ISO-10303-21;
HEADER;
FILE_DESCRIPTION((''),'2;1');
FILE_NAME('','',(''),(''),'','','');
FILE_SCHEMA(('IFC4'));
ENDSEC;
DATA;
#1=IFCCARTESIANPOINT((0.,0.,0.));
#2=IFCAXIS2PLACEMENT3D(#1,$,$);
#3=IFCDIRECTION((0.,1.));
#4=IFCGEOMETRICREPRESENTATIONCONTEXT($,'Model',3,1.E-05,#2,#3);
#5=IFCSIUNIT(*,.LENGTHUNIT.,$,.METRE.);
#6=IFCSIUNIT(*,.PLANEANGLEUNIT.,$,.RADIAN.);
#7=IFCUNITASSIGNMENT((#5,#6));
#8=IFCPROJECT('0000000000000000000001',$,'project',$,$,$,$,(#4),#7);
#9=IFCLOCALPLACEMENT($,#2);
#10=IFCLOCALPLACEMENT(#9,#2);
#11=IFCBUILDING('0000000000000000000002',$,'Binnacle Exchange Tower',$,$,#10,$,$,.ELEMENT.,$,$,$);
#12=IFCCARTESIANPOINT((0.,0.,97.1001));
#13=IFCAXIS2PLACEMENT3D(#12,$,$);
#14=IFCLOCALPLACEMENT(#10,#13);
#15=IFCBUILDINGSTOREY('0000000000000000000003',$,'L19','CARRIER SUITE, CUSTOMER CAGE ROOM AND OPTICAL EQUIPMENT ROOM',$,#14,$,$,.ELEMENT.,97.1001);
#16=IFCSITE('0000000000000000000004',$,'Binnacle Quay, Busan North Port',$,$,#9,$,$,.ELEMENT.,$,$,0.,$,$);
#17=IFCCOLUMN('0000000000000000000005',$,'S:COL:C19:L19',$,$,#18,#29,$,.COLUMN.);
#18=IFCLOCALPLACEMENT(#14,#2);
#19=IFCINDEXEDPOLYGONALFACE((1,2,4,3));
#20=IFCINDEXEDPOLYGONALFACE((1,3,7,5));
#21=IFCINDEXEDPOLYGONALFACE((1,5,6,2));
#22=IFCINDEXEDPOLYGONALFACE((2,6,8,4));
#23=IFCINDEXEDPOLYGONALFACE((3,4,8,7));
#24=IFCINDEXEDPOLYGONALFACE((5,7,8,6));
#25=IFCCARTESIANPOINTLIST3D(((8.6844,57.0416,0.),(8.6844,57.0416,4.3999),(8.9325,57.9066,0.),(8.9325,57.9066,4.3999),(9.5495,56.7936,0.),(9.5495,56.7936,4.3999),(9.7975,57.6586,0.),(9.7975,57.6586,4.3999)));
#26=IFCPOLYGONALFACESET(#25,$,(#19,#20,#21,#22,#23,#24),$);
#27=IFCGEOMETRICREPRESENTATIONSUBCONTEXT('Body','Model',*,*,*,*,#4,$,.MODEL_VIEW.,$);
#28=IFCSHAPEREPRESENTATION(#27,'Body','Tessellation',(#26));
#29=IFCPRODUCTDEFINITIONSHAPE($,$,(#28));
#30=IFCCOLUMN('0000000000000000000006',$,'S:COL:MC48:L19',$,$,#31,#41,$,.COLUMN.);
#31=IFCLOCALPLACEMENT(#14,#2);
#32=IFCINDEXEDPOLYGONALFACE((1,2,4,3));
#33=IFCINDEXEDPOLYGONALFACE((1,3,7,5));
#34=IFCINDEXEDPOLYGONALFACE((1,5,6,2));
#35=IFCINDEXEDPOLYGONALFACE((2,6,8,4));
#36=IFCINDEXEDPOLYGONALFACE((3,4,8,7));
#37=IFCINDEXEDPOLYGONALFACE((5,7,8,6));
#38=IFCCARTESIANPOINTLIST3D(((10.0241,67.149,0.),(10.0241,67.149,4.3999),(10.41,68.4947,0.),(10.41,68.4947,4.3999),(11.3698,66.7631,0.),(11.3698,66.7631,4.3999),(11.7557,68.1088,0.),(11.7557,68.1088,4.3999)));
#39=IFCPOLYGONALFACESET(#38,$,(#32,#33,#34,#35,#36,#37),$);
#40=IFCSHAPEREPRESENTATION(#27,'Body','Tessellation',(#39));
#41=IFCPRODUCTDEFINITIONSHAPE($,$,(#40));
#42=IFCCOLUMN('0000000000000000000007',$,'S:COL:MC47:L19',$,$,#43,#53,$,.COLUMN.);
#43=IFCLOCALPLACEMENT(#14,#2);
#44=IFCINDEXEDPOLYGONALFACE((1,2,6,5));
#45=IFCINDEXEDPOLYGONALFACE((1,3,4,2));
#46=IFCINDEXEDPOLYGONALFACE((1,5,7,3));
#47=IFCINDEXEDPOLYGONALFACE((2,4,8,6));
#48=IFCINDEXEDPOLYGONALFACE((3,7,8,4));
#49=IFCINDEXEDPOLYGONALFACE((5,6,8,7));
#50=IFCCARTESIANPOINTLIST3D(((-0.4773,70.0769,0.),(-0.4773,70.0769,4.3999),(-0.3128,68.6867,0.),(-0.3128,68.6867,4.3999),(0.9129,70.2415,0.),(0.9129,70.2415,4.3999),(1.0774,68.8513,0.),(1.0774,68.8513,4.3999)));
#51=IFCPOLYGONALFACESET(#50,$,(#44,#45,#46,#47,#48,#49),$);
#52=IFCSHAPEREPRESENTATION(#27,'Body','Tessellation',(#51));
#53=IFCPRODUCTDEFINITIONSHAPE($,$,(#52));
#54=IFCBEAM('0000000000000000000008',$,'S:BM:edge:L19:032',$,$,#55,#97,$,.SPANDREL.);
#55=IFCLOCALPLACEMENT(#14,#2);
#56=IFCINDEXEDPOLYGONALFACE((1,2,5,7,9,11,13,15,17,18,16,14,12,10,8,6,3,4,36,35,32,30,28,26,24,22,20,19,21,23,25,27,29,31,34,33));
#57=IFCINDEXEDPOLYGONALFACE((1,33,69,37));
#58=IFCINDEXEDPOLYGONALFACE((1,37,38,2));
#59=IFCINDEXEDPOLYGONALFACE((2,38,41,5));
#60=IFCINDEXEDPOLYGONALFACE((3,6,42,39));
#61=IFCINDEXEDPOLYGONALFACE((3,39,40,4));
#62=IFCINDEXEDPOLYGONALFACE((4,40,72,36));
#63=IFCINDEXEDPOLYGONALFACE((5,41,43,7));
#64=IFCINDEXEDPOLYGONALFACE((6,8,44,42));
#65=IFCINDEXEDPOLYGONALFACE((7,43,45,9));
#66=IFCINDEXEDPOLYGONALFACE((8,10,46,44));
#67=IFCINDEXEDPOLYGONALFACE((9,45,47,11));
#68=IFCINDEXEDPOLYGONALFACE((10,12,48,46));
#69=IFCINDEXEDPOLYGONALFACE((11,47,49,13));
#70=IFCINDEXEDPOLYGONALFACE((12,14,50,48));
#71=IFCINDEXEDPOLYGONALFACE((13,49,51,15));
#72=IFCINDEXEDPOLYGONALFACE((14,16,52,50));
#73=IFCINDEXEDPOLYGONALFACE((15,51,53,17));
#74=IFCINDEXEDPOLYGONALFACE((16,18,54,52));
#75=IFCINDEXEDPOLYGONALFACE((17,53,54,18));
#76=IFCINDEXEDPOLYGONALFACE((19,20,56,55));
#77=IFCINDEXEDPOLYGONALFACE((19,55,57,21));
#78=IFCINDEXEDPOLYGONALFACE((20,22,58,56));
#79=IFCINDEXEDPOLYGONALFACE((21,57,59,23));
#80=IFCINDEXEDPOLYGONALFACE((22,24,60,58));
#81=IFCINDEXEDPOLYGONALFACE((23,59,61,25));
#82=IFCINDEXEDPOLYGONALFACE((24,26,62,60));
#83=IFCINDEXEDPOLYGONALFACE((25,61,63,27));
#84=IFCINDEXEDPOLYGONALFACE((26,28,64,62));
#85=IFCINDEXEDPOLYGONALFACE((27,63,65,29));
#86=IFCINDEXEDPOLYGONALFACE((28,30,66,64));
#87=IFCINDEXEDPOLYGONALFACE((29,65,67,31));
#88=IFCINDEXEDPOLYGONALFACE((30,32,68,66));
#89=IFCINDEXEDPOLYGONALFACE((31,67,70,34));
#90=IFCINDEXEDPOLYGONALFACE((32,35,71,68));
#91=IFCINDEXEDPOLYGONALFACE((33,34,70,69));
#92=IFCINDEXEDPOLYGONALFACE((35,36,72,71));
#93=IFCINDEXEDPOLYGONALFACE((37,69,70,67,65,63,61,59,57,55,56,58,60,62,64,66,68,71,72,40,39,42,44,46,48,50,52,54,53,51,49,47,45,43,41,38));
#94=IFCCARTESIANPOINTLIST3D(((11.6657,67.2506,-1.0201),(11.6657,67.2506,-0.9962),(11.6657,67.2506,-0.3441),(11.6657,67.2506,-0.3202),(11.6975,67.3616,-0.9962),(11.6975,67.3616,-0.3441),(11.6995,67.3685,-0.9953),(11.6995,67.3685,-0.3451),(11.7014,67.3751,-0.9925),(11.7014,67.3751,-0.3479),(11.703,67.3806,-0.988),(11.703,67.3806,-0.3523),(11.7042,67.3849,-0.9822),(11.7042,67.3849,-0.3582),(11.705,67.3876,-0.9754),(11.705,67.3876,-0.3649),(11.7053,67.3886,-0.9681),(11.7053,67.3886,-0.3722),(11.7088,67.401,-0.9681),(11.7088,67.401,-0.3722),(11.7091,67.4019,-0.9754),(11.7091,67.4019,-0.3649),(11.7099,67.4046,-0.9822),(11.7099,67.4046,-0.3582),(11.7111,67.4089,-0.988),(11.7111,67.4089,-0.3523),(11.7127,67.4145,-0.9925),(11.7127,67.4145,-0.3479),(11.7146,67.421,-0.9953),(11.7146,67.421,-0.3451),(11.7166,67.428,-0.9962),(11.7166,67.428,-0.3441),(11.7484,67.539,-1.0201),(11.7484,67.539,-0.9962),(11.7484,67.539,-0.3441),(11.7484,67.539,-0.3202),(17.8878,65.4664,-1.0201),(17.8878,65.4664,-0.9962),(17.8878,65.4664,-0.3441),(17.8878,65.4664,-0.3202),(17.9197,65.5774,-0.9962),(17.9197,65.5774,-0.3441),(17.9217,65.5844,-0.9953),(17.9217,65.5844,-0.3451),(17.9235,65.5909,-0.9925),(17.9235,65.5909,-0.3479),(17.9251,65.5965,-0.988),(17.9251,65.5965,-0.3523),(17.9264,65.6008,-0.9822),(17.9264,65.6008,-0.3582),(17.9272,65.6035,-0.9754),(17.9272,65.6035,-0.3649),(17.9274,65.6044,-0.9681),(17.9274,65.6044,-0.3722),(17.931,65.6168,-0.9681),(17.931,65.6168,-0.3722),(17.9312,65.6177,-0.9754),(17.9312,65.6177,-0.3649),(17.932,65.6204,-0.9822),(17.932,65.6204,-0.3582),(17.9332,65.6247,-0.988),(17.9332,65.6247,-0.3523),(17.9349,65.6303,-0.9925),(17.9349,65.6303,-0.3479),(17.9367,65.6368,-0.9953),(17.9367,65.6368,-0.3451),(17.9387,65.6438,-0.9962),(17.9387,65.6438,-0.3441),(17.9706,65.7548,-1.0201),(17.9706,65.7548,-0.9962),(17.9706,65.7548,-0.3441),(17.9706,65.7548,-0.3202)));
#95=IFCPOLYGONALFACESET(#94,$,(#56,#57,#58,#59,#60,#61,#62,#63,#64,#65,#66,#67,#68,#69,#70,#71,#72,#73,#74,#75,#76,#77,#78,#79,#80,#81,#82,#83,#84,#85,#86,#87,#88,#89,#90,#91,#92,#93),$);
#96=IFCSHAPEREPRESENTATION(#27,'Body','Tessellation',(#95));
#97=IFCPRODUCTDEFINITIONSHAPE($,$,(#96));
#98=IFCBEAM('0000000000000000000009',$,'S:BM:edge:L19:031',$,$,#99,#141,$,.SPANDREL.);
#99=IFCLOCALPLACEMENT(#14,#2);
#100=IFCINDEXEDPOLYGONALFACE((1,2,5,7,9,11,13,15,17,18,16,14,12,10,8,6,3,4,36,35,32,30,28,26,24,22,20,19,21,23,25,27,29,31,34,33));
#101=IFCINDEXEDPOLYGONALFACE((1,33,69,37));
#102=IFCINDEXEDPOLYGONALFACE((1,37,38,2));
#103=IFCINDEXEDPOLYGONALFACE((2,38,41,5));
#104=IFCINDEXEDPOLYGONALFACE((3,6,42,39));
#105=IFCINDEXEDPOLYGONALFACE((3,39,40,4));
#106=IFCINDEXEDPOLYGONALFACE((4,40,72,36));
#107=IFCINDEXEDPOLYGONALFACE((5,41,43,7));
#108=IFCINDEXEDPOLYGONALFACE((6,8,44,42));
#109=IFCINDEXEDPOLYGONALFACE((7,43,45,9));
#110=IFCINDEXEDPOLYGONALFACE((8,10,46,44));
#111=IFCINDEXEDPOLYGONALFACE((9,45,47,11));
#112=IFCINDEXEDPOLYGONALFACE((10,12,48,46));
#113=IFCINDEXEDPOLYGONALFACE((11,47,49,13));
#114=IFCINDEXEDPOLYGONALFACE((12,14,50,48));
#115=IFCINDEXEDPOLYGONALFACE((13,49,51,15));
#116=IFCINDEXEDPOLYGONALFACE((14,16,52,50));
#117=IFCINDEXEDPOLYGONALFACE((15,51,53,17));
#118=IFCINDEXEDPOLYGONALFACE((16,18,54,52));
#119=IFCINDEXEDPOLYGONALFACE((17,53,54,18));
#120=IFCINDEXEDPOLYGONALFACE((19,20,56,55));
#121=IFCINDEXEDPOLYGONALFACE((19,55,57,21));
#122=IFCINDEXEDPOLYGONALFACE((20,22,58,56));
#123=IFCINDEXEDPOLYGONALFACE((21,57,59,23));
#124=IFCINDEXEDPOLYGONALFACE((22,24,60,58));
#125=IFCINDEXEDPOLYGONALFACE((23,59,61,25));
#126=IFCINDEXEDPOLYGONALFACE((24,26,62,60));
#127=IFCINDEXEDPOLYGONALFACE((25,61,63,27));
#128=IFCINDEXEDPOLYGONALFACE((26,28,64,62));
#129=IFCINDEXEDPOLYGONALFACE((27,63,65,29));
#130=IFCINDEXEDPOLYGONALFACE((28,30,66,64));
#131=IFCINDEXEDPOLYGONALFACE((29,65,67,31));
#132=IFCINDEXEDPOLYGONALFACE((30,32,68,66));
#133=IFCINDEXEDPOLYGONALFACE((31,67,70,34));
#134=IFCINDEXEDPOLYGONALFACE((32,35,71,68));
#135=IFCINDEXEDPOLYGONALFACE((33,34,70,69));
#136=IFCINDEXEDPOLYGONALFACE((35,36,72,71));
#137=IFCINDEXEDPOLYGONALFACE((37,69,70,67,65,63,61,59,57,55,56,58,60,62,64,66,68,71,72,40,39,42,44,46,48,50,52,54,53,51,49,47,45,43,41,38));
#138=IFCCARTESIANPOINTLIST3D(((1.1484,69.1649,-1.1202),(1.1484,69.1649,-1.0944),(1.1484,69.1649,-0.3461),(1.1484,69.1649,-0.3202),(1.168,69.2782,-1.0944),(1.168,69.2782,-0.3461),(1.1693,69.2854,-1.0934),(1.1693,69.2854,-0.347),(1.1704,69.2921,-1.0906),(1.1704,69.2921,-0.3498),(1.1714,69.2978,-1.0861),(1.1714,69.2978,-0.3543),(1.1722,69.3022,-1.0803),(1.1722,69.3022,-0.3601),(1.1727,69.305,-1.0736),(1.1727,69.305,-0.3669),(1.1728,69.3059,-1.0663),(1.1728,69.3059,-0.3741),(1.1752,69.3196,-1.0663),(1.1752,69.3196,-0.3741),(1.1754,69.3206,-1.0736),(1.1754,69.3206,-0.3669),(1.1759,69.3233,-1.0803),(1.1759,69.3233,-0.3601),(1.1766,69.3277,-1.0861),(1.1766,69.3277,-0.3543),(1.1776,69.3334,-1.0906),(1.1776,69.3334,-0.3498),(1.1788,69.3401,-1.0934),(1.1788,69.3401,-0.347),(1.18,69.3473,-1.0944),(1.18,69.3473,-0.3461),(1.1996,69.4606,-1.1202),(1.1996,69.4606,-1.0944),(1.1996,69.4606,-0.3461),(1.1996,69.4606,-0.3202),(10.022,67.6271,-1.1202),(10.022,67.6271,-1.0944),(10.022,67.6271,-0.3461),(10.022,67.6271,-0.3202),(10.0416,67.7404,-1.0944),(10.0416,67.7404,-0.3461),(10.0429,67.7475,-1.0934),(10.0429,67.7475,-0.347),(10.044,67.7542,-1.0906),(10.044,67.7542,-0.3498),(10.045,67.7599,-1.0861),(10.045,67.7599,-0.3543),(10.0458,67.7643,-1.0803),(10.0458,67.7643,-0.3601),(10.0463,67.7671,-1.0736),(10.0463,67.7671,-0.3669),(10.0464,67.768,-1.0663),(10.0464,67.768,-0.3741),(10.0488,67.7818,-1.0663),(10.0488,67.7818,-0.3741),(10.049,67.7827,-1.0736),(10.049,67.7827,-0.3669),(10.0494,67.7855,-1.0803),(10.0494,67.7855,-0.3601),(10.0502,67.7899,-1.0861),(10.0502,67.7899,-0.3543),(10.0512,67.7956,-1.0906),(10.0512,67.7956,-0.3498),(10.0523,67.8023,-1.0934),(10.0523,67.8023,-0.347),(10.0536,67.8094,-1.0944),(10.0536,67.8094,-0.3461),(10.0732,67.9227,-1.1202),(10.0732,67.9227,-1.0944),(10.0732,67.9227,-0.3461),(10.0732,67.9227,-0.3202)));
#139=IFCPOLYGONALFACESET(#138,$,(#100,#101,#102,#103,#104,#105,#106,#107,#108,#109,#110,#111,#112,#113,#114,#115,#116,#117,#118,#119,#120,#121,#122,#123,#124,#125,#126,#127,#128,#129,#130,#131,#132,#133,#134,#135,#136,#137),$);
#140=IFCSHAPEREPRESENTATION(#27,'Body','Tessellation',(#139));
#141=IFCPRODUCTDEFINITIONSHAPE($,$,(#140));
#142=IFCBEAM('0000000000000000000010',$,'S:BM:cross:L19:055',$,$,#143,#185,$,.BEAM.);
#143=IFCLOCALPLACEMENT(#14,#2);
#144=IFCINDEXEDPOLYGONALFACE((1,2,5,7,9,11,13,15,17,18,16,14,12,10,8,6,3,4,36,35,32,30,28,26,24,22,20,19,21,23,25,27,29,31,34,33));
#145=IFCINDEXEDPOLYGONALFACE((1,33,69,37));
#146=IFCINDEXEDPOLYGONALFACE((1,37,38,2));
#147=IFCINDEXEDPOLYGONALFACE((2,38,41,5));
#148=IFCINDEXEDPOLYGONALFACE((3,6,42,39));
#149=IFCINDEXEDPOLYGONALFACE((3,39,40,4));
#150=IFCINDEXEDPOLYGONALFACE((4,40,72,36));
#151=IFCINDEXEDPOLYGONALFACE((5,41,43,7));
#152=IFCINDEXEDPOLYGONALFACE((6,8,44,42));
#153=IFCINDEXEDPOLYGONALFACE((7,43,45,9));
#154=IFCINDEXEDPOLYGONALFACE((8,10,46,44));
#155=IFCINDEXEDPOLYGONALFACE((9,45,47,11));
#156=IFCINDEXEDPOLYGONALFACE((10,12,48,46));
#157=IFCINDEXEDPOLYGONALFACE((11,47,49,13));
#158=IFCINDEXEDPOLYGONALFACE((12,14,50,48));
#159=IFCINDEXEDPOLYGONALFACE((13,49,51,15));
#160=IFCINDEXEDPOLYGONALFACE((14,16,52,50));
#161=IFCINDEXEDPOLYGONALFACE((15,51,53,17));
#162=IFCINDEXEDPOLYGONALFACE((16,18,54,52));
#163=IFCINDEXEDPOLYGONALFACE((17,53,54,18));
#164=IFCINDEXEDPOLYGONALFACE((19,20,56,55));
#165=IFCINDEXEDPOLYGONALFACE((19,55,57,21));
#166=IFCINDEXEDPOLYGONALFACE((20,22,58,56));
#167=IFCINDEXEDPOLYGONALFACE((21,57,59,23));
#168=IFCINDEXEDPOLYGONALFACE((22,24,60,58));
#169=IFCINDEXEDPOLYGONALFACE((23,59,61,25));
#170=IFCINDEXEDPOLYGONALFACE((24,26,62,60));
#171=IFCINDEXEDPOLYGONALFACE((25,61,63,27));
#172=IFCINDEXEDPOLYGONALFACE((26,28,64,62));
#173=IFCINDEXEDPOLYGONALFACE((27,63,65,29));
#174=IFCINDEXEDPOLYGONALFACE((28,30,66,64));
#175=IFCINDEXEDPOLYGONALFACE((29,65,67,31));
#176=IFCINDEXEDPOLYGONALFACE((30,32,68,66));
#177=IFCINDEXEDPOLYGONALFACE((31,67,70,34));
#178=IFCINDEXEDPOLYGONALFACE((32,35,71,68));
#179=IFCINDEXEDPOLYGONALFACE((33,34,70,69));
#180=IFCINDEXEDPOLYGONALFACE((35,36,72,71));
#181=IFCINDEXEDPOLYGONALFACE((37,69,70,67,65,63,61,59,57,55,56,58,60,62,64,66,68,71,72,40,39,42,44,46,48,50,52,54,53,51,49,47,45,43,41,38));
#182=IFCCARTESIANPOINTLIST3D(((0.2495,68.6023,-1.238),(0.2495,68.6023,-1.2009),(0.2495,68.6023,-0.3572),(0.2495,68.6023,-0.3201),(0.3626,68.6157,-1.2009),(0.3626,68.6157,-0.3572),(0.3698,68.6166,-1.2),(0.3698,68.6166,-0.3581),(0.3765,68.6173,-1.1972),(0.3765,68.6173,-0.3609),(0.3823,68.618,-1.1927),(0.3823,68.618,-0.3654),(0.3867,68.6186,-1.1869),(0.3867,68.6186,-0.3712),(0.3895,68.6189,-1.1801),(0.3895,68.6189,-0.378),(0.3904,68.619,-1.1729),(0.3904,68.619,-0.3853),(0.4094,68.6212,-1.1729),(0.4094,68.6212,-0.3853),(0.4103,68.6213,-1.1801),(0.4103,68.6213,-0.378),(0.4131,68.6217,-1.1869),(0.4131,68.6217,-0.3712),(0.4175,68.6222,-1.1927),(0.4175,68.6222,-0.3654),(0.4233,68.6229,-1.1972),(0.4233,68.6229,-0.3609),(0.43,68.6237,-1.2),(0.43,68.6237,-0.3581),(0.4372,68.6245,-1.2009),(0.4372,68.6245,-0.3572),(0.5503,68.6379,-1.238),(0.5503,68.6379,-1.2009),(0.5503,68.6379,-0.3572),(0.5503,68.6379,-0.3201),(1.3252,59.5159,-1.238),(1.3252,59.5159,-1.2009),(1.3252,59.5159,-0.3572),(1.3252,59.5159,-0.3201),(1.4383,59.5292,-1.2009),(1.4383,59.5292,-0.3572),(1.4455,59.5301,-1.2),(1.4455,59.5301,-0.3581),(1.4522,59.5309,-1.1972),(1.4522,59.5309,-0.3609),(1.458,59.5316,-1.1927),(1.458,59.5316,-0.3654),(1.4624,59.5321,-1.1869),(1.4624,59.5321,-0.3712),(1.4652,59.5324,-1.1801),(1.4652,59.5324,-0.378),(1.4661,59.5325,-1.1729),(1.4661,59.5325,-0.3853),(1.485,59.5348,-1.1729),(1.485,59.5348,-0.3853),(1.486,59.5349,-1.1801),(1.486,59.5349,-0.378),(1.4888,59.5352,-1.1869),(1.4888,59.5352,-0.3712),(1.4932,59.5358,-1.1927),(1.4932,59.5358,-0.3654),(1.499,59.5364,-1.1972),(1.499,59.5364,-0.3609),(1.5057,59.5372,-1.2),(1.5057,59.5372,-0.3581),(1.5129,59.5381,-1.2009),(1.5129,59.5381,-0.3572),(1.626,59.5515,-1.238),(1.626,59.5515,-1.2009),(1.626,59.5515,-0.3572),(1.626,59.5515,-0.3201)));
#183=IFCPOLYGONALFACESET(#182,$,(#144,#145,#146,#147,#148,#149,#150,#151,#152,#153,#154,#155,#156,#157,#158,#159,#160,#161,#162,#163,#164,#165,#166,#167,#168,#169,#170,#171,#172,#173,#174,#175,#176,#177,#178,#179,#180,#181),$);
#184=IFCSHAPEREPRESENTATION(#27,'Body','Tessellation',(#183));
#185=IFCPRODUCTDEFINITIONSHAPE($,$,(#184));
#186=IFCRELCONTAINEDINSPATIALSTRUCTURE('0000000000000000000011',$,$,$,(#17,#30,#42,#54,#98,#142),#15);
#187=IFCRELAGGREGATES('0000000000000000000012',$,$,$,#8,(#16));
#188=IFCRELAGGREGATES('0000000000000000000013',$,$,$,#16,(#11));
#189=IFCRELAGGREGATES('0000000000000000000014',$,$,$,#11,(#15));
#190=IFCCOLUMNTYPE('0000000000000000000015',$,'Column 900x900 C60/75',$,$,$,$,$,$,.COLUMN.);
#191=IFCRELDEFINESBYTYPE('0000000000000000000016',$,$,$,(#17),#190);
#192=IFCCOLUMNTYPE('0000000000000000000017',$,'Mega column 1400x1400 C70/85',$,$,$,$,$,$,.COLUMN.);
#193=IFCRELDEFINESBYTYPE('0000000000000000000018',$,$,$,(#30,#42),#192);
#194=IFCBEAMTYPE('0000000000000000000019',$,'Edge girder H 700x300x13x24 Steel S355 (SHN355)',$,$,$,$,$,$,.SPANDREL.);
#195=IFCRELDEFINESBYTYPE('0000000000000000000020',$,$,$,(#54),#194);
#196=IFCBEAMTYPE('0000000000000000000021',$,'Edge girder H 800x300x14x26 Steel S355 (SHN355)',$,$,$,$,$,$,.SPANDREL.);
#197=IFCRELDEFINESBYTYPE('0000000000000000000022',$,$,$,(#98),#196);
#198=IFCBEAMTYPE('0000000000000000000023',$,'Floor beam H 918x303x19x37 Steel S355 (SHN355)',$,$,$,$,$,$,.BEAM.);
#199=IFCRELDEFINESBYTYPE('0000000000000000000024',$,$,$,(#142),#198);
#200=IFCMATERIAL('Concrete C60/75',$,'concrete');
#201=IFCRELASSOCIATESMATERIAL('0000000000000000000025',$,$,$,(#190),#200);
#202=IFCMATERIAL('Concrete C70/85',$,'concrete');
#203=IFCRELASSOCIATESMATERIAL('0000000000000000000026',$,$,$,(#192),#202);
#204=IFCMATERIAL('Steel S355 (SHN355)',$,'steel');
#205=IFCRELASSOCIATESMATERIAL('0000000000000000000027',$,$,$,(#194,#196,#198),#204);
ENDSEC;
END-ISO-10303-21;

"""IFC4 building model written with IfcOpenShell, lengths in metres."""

from ifc_helpers import new_model, si_unit, direction, frame, origin, origin_2d, place, context, subcontext, project, spatial, rectangle, i_section, extrude, material, material_profile, profile_set, type_object, element, save


model = new_model("IFC4")

# Units and contexts
model_context = context("Model", 3, precision=1e-05, world=origin(), true_north=direction((0.0, 1.0)))
body_context = subcontext(model_context, "Body", "Model", "MODEL_VIEW")
ifc_project = project(units=[si_unit("LENGTHUNIT", "METRE"), si_unit("PLANEANGLEUNIT", "RADIAN")], contexts=[model_context])

# Site, building, storey
site_placement = place(None, origin())
site = spatial("IfcSite", under=ifc_project, at=site_placement, Name="Binnacle Quay, Busan North Port", CompositionType="ELEMENT", RefElevation=0.0)
building_placement = place(site_placement, origin())
building = spatial("IfcBuilding", under=site, at=building_placement, Name="Binnacle Exchange Tower", CompositionType="ELEMENT")
storey_placement = place(building_placement, frame((0.0, 0.0, 97.1001)))
storey = spatial("IfcBuildingStorey", under=building, at=storey_placement, Name="L19", Description="CARRIER SUITE, CUSTOMER CAGE ROOM AND OPTICAL EQUIPMENT ROOM", CompositionType="ELEMENT", Elevation=97.1001)

# Columns
ifc_material_1 = material(Name="Concrete C60/75", Category="concrete")
ifc_material_profile_1 = material_profile(ifc_material_1, rectangle(XDim=0.8999, YDim=0.8999, at=origin_2d()), Name="Column 900x900 C60/75")
ifc_profile_set_1 = profile_set([ifc_material_profile_1], Name="Concrete C60/75")
column_type_1 = type_object("IfcColumnType", Name="Column 900x900 C60/75", PredefinedType="COLUMN", material=ifc_profile_set_1)
column_placement = place(storey_placement, frame((9.241, 57.3501, 0.0), z_axis=(0.0, 0.0, 1.0), x_axis=(0.961262, -0.275637, 0.0)))
element("IfcColumn", 1, at=column_placement, inside=storey, type_object=column_type_1, Name="S:COL:C19:L19", PredefinedType="COLUMN", context=body_context, shape_type="SweptSolid", body=[
    extrude(rectangle(XDim=0.8999, YDim=0.8999, at=origin_2d()), origin(), (0.0, 0.0, 1.0), 4.3999),
])
ifc_material_2 = material(Name="Concrete C70/85", Category="concrete")
ifc_material_profile_2 = material_profile(ifc_material_2, rectangle(XDim=1.3999, YDim=1.3999, at=origin_2d()), Name="Mega column 1400x1400 C70/85")
ifc_profile_set_2 = profile_set([ifc_material_profile_2], Name="Concrete C70/85")
column_type_2 = type_object("IfcColumnType", Name="Mega column 1400x1400 C70/85", PredefinedType="COLUMN", material=ifc_profile_set_2)
for number, where, z_axis, x_axis, name in (
    (2, (10.8899, 67.6289, 0.0), (0.0, 0.0, 1.0), (-0.961262, 0.275637, 0.0), "S:COL:MC48:L19"),
    (3, (0.3, 69.4641, 0.0), (0.0, 0.0, 1.0), (-0.993068, -0.117537, 0.0), "S:COL:MC47:L19"),
):
    element("IfcColumn", number, at=place(storey_placement, frame(where, z_axis=z_axis, x_axis=x_axis)), inside=storey, type_object=column_type_2, Name=name, PredefinedType="COLUMN", context=body_context, shape_type="SweptSolid", body=[
        extrude(rectangle(XDim=1.3999, YDim=1.3999, at=origin_2d()), origin(), (0.0, 0.0, 1.0), 4.3999),
    ])

# Beams
ifc_material_3 = material(Name="Steel S355 (SHN355)", Category="steel")
ifc_material_profile_3 = material_profile(ifc_material_3, i_section(OverallWidth=0.3, OverallDepth=0.7, WebThickness=0.0129, FlangeThickness=0.0239, FilletRadius=0.0281, at=origin_2d()), Name="H 700x300x13x24")
ifc_profile_set_3 = profile_set([ifc_material_profile_3], Name="Steel S355 (SHN355)")
beam_type_1 = type_object("IfcBeamType", Name="Edge girder H 700x300x13x24 Steel S355 (SHN355)", PredefinedType="SPANDREL", material=ifc_profile_set_3)
beam_1_placement = place(storey_placement, frame((17.9292, 65.6106, -0.6702), z_axis=(-0.961262, 0.275638, 0.0), x_axis=(-0.275638, -0.961262, 0.0)))
element("IfcBeam", 4, at=beam_1_placement, inside=storey, type_object=beam_type_1, Name="S:BM:edge:L19:032", PredefinedType="SPANDREL", context=body_context, shape_type="SweptSolid", body=[
    extrude(i_section(OverallWidth=0.3, OverallDepth=0.7, WebThickness=0.0129, FlangeThickness=0.0239, FilletRadius=0.0281, at=origin_2d()), origin(), (0.0, 0.0, 1.0), 6.4729),
])
ifc_material_profile_4 = material_profile(ifc_material_3, i_section(OverallWidth=0.3, OverallDepth=0.8, WebThickness=0.0139, FlangeThickness=0.0259, FilletRadius=0.0281, at=origin_2d()), Name="H 800x300x14x26")
ifc_profile_set_4 = profile_set([ifc_material_profile_4], Name="Steel S355 (SHN355)")
beam_type_2 = type_object("IfcBeamType", Name="Edge girder H 800x300x14x26 Steel S355 (SHN355)", PredefinedType="SPANDREL", material=ifc_profile_set_4)
beam_2_placement = place(storey_placement, frame((10.0476, 67.7749, -0.7202), z_axis=(-0.985312, 0.170761, 0.0), x_axis=(-0.170761, -0.985312, 0.0)))
element("IfcBeam", 5, at=beam_2_placement, inside=storey, type_object=beam_type_2, Name="S:BM:edge:L19:031", PredefinedType="SPANDREL", context=body_context, shape_type="SweptSolid", body=[
    extrude(i_section(OverallWidth=0.3, OverallDepth=0.8, WebThickness=0.0139, FlangeThickness=0.0259, FilletRadius=0.0281, at=origin_2d()), origin(), (0.0, 0.0, 1.0), 9.0059),
])
ifc_material_profile_5 = material_profile(ifc_material_3, i_section(OverallWidth=0.303, OverallDepth=0.918, WebThickness=0.019, FlangeThickness=0.0371, FilletRadius=0.0281, at=origin_2d()), Name="H 918x303x19x37")
ifc_profile_set_5 = profile_set([ifc_material_profile_5], Name="Steel S355 (SHN355)")
beam_type_3 = type_object("IfcBeamType", Name="Floor beam H 918x303x19x37 Steel S355 (SHN355)", PredefinedType="BEAM", material=ifc_profile_set_5)
beam_3_placement = place(storey_placement, frame((0.3999, 68.6201, -0.7791), z_axis=(0.117563, -0.993065, 0.0), x_axis=(0.993065, 0.117563, 0.0)))
element("IfcBeam", 6, at=beam_3_placement, inside=storey, type_object=beam_type_3, Name="S:BM:cross:L19:055", PredefinedType="BEAM", context=body_context, shape_type="SweptSolid", body=[
    extrude(i_section(OverallWidth=0.303, OverallDepth=0.918, WebThickness=0.019, FlangeThickness=0.0371, FilletRadius=0.0281, at=origin_2d()), origin(), (0.0, 0.0, 1.0), 9.1499),
])

save(model, "model.ifc")
